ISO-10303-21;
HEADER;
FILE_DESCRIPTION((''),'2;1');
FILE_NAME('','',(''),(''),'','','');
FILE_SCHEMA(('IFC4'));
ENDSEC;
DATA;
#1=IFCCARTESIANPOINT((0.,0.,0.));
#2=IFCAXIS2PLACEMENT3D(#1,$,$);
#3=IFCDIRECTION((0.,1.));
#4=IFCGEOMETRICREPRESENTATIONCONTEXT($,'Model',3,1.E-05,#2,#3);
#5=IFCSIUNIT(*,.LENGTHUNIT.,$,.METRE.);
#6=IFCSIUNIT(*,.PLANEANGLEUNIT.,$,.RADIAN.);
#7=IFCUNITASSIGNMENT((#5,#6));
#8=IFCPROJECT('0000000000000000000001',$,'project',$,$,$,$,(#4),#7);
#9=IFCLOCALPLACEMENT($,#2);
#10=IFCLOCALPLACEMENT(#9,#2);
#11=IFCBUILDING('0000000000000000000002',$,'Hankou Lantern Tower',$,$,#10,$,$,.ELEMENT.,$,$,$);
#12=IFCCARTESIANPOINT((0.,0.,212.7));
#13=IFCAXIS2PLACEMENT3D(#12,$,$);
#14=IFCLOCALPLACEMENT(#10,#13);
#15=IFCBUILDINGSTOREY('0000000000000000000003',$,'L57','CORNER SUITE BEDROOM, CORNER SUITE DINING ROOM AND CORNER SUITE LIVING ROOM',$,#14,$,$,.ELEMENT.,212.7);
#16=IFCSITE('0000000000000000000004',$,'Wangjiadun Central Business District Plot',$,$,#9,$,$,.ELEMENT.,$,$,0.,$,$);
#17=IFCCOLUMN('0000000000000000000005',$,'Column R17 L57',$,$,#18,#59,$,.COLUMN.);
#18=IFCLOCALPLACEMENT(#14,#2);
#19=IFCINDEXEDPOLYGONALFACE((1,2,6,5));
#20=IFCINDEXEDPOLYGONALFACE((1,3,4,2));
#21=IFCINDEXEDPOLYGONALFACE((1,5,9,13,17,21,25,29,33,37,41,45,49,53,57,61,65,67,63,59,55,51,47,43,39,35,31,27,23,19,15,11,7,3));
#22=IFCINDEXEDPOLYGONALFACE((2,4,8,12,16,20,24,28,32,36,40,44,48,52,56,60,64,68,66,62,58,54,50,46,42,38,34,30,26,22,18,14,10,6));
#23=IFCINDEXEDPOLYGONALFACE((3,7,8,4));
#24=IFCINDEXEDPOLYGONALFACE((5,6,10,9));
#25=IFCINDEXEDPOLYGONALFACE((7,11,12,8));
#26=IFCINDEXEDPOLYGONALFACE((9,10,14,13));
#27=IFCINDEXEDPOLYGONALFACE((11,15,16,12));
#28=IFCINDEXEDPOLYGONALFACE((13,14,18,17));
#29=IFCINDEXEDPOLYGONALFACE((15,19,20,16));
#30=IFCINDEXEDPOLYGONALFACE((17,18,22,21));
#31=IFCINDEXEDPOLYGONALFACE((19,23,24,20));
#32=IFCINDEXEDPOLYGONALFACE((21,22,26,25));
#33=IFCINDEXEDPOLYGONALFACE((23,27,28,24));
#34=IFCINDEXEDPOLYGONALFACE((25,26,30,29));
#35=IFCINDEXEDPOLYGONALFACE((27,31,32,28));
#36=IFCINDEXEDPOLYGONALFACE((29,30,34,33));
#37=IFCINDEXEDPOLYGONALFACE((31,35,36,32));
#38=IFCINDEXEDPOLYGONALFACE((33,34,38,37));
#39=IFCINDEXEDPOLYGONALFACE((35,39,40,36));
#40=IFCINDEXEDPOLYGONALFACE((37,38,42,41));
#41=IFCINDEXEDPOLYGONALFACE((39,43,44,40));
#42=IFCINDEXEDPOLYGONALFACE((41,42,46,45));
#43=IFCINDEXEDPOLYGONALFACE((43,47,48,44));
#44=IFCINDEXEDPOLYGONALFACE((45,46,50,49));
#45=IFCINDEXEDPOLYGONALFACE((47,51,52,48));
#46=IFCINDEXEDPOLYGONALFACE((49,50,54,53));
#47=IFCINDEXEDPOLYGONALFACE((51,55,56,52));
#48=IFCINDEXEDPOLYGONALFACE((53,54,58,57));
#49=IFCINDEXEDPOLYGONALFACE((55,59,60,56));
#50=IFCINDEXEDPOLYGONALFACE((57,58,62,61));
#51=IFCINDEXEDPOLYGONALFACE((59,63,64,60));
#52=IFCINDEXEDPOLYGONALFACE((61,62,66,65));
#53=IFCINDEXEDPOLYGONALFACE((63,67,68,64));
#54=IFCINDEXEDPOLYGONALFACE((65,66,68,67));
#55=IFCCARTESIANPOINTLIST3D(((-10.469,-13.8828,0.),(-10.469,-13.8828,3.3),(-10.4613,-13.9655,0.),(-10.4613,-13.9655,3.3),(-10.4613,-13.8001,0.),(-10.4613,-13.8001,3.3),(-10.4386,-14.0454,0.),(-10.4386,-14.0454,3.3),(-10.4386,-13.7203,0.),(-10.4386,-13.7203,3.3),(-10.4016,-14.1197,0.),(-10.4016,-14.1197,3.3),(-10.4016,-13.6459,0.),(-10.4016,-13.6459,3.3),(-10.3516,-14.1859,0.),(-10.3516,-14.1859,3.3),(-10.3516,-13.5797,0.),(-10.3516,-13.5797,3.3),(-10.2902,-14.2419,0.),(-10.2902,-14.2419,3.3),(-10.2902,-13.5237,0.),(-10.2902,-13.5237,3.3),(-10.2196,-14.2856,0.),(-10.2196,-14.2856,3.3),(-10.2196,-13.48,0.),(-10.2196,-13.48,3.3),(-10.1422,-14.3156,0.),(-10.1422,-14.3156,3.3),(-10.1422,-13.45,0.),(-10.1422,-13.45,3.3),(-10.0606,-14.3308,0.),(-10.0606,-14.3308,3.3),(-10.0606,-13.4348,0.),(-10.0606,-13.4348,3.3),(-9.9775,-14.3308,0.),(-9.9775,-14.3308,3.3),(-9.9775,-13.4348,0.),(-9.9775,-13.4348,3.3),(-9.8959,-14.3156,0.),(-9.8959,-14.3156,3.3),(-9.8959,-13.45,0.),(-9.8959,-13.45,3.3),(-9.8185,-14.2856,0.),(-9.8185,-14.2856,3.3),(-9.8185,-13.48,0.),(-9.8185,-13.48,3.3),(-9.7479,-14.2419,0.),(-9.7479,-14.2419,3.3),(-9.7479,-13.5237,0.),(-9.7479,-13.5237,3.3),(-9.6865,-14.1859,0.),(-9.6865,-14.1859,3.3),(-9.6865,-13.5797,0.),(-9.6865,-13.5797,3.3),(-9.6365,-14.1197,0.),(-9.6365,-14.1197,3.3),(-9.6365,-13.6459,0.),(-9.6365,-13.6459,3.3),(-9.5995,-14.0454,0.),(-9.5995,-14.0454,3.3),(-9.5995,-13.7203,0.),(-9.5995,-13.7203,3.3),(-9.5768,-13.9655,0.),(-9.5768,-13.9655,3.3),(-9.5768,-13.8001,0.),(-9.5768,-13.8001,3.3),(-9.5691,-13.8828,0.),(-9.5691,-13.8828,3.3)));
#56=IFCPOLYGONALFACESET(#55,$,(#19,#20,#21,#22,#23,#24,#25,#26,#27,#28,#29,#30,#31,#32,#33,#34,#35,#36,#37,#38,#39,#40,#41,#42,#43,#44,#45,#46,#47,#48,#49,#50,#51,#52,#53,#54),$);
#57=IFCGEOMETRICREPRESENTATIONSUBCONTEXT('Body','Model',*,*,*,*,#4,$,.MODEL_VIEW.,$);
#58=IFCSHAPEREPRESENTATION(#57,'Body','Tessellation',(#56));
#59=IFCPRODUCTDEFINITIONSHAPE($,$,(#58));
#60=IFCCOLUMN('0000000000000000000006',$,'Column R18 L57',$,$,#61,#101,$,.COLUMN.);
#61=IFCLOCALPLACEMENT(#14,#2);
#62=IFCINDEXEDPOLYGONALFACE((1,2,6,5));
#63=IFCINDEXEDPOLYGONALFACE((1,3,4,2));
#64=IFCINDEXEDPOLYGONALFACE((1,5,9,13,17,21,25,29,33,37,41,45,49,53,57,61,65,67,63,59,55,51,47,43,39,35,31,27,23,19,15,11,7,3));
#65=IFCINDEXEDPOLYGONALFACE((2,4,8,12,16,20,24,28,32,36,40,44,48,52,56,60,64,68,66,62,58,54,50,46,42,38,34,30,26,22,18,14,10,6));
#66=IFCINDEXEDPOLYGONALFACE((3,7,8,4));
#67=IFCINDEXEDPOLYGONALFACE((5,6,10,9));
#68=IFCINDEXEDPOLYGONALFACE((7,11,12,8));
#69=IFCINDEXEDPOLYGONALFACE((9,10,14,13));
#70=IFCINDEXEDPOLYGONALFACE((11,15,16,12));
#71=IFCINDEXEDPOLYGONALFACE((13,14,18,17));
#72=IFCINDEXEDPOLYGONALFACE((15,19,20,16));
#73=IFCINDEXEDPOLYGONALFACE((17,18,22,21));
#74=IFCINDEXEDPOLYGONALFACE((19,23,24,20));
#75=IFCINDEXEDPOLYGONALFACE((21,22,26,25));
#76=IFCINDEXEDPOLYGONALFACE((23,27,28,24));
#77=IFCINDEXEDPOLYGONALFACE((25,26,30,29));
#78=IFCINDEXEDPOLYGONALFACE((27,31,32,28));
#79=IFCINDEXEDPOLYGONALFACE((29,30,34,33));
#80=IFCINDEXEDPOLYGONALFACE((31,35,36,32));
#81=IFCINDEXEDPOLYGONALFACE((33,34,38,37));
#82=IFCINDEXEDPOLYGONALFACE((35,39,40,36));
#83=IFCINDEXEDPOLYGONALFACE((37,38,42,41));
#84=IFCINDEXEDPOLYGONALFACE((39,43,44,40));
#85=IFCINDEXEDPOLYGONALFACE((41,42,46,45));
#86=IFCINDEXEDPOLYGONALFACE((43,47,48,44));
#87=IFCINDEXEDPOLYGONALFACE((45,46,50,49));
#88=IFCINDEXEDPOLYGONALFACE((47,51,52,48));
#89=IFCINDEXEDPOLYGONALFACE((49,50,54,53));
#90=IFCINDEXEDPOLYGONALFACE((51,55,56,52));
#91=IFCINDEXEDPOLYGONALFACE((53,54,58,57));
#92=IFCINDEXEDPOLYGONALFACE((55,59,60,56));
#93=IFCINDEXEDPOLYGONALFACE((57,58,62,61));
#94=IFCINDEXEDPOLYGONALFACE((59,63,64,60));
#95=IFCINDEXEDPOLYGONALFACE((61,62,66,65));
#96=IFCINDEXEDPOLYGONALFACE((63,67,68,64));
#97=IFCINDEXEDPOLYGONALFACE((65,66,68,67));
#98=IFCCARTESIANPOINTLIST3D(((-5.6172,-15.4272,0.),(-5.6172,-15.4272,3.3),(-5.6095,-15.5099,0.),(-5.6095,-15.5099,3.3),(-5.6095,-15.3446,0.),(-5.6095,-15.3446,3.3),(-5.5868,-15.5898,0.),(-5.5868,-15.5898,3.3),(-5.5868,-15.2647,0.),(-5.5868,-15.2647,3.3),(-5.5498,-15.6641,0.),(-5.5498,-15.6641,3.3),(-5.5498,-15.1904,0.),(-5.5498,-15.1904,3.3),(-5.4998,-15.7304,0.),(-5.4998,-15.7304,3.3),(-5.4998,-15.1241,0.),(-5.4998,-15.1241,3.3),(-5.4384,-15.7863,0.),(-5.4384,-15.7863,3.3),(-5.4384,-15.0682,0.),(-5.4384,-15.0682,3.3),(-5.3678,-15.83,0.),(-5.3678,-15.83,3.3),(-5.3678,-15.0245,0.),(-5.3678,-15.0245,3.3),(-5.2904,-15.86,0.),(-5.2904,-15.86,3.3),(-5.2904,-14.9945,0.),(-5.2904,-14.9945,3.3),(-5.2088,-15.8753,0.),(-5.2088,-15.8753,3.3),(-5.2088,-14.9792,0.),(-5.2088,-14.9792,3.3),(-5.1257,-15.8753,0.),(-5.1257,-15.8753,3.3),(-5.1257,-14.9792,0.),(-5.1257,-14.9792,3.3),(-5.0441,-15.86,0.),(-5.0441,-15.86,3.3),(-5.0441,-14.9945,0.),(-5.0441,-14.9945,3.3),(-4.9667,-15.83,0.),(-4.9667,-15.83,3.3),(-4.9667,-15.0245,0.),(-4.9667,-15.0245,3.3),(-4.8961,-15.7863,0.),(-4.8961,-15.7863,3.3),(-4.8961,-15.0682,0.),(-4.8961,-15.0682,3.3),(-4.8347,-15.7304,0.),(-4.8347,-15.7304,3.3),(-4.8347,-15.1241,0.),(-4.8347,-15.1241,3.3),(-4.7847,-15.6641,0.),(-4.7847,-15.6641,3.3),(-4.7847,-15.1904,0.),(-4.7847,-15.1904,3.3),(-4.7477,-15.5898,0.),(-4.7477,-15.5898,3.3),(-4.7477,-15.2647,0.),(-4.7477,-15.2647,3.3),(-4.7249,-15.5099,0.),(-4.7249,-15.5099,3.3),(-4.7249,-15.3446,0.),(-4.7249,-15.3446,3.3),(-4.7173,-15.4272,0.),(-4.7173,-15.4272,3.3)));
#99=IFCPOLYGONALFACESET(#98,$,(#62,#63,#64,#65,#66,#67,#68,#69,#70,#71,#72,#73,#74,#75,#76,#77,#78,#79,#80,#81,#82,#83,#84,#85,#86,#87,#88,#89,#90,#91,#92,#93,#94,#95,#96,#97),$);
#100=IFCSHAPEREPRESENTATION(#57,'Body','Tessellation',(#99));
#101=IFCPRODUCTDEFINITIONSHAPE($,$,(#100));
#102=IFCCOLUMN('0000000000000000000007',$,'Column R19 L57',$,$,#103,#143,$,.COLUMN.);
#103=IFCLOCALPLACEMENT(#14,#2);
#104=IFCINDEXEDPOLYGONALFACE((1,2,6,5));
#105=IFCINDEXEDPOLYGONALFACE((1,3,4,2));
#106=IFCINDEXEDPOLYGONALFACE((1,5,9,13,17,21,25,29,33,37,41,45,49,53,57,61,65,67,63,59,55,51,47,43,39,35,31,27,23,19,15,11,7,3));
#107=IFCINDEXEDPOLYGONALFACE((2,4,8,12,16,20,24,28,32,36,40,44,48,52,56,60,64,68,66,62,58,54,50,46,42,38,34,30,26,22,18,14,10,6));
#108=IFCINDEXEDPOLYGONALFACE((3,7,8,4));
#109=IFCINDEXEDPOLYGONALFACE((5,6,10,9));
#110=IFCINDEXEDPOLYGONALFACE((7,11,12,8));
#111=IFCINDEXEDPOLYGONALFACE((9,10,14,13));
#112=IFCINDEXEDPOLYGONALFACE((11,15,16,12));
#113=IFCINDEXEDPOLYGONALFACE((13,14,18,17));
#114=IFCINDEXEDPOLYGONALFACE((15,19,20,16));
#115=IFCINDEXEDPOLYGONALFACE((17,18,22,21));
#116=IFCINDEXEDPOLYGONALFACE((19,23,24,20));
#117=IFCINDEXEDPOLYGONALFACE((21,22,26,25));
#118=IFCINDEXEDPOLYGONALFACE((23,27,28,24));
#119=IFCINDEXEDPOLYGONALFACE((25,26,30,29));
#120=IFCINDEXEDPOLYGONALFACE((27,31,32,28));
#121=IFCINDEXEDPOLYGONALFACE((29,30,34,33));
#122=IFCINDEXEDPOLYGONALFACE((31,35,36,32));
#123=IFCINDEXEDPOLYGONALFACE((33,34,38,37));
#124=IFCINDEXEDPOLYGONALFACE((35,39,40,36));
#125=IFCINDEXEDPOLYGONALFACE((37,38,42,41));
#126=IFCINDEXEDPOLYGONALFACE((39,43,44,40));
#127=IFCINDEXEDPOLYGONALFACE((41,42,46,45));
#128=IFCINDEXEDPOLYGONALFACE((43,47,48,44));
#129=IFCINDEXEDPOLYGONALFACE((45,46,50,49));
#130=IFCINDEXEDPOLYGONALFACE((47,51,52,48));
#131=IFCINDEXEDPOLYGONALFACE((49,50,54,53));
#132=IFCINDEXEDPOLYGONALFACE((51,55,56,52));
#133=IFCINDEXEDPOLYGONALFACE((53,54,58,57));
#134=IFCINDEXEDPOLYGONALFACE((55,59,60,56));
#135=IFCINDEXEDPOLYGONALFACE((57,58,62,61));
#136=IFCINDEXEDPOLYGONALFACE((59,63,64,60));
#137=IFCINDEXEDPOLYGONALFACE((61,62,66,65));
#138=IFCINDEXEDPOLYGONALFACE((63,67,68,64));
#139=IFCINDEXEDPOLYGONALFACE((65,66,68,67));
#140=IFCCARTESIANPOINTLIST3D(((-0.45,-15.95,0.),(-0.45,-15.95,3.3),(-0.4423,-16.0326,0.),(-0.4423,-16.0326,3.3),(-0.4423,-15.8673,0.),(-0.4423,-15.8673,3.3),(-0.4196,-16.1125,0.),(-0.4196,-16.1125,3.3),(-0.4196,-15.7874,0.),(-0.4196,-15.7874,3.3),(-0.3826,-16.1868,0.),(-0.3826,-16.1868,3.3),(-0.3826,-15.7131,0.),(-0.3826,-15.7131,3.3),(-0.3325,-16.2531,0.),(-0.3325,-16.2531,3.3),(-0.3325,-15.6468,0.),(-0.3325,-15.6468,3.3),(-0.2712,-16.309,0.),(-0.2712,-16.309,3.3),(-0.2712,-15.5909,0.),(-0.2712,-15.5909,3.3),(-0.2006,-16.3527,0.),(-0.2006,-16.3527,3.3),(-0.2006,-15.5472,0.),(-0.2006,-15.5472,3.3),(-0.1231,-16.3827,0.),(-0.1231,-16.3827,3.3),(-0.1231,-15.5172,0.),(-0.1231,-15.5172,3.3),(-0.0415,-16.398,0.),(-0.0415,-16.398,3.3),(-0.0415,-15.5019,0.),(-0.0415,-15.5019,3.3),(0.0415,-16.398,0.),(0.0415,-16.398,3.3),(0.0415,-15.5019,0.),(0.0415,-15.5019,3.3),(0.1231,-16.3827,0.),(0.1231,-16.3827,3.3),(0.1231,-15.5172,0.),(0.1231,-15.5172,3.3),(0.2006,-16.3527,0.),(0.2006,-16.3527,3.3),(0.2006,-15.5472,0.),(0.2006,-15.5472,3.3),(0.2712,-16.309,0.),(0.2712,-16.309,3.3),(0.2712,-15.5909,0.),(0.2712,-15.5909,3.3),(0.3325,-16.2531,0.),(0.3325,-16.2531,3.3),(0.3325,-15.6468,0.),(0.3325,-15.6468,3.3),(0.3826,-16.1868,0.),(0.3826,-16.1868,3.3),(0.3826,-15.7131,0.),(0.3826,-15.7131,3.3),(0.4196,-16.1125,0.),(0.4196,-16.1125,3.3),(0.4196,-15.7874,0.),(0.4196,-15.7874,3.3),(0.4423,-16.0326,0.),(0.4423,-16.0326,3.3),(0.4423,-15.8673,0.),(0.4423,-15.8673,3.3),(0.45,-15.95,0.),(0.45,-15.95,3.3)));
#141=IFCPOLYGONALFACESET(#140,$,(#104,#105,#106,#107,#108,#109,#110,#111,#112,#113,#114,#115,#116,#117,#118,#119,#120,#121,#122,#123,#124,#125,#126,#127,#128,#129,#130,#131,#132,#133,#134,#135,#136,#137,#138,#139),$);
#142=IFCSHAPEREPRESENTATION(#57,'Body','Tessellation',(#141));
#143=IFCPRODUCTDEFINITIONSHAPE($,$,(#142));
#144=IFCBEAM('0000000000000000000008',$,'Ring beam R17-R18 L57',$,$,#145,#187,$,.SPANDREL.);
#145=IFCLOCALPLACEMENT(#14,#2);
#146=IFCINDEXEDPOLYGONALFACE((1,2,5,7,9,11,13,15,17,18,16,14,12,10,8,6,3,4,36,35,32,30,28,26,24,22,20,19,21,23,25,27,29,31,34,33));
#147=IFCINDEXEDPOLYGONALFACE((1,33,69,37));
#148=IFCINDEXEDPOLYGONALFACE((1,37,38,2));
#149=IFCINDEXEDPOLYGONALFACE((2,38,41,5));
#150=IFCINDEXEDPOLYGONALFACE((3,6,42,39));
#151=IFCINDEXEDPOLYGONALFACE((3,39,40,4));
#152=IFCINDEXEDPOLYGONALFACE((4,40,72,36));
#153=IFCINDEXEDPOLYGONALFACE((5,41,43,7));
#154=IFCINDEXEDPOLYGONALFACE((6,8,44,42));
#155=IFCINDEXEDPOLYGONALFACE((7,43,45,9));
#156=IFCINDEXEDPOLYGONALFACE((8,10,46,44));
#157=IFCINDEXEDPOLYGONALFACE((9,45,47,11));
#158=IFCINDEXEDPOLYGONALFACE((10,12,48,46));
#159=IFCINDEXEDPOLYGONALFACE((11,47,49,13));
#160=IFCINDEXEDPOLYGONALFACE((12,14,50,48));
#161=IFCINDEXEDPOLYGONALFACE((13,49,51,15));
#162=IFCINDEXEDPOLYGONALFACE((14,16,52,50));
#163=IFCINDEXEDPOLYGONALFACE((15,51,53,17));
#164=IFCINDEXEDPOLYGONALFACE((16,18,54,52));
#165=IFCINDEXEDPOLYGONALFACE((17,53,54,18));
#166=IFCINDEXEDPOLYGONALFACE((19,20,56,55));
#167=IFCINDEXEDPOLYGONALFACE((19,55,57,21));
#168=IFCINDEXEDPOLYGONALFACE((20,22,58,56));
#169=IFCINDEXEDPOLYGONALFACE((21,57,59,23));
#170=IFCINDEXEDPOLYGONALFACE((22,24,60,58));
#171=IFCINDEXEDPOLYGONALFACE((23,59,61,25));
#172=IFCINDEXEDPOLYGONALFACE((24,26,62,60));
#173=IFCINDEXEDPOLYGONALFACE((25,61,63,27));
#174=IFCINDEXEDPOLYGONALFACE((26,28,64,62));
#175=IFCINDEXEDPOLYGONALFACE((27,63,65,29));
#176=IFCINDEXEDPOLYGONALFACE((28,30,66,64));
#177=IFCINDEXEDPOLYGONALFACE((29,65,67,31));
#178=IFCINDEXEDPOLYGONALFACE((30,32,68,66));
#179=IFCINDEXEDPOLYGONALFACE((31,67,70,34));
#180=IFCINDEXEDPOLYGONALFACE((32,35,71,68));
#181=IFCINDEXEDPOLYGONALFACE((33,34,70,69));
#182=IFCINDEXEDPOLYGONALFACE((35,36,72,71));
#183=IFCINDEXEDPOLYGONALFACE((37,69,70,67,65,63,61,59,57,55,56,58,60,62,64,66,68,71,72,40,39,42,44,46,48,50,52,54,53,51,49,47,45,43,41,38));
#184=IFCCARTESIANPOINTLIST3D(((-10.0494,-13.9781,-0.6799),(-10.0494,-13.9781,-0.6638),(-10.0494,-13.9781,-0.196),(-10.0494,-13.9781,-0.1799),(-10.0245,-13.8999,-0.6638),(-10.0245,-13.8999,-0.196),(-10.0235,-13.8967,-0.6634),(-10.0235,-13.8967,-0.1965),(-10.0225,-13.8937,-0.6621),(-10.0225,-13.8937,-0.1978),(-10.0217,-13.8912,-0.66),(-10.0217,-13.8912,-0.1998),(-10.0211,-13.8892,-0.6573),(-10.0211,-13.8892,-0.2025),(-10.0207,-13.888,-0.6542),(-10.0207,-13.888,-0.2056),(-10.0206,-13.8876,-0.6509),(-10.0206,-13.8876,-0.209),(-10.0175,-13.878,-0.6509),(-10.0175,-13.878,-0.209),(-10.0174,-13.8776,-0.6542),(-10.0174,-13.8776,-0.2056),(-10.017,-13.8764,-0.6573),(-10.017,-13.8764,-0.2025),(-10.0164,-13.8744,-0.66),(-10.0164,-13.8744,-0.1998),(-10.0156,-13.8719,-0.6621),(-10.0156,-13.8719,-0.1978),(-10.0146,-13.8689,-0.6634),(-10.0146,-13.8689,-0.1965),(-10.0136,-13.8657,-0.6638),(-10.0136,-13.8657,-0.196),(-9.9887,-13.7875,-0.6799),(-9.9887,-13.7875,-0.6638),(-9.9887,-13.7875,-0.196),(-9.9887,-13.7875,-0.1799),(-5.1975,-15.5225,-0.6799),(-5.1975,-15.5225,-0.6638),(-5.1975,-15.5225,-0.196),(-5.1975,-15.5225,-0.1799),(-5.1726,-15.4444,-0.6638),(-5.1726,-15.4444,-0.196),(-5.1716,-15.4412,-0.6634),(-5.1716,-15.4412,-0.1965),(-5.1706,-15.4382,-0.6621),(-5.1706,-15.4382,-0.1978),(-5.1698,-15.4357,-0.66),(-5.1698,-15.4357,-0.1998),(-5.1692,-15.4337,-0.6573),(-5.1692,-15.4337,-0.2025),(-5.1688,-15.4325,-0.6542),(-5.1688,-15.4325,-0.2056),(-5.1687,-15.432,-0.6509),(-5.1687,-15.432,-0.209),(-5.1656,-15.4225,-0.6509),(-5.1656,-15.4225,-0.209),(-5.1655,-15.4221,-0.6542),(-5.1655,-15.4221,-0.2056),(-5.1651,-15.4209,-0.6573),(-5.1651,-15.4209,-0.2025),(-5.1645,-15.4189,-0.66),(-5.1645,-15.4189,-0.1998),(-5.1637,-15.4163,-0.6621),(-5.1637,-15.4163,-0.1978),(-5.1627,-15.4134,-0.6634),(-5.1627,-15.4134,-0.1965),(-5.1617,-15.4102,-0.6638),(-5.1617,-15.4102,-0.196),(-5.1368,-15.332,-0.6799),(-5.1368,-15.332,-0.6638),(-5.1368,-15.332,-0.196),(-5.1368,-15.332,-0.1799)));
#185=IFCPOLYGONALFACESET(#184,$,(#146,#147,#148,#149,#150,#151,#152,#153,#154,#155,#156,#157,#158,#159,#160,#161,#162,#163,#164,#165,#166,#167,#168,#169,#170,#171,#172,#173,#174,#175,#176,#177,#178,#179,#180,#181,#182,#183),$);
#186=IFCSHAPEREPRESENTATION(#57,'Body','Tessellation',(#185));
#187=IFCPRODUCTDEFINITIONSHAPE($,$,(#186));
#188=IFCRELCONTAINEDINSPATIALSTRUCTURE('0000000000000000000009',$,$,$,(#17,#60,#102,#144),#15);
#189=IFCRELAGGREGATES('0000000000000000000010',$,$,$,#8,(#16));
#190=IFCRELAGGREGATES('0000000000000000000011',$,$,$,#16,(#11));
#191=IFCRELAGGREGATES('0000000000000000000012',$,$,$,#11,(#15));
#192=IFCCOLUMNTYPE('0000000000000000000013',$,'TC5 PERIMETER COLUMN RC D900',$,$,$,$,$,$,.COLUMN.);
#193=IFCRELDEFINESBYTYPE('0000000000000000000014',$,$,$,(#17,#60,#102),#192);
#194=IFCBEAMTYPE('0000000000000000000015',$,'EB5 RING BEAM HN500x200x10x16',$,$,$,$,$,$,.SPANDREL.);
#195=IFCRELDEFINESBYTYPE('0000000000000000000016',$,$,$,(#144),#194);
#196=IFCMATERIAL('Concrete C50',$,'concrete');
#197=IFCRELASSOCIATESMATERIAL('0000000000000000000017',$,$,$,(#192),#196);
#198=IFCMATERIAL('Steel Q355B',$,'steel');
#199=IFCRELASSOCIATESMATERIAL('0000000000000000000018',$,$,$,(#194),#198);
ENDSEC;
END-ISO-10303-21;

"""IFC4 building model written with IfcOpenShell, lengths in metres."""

from ifc_helpers import new_model, si_unit, direction, frame, origin, origin_2d, place, context, subcontext, project, spatial, circle, i_section, extrude, material, material_profile, profile_set, type_object, element, save


model = new_model("IFC4")

# Units and contexts
model_context = context("Model", 3, precision=1e-05, world=origin(), true_north=direction((0.0, 1.0)))
body_context = subcontext(model_context, "Body", "Model", "MODEL_VIEW")
ifc_project = project(units=[si_unit("LENGTHUNIT", "METRE"), si_unit("PLANEANGLEUNIT", "RADIAN")], contexts=[model_context])

# Site, building, storey
site_placement = place(None, origin())
site = spatial("IfcSite", under=ifc_project, at=site_placement, Name="Wangjiadun Central Business District Plot", CompositionType="ELEMENT", RefElevation=0.0)
building_placement = place(site_placement, origin())
building = spatial("IfcBuilding", under=site, at=building_placement, Name="Hankou Lantern Tower", CompositionType="ELEMENT")
storey_placement = place(building_placement, frame((0.0, 0.0, 212.7)))
storey = spatial("IfcBuildingStorey", under=building, at=storey_placement, Name="L57", Description="CORNER SUITE BEDROOM, CORNER SUITE DINING ROOM AND CORNER SUITE LIVING ROOM", CompositionType="ELEMENT", Elevation=212.7)

# Columns
ifc_material_1 = material(Name="Concrete C50", Category="concrete")
ifc_material_profile_1 = material_profile(ifc_material_1, circle(Radius=0.45, at=origin_2d()), Name="RC D900")
ifc_profile_set_1 = profile_set([ifc_material_profile_1], Name="Concrete C50")
column_type = type_object("IfcColumnType", Name="TC5 PERIMETER COLUMN RC D900", PredefinedType="COLUMN", material=ifc_profile_set_1)
for number, where, z_axis, x_axis, name in (
    (1, (-10.019, -13.8828, 0.0), (0.0, 0.0, 1.0), (1.0, 0.0, 0.0), "Column R17 L57"),
    (2, (-5.1672, -15.4272, 0.0), (0.0, 0.0, 1.0), (1.0, 0.0, 0.0), "Column R18 L57"),
    (3, (0.0, -15.95, 0.0), (0.0, 0.0, 1.0), (1.0, 0.0, 0.0), "Column R19 L57"),
):
    element("IfcColumn", number, at=place(storey_placement, frame(where, z_axis=z_axis, x_axis=x_axis)), inside=storey, type_object=column_type, Name=name, PredefinedType="COLUMN", context=body_context, shape_type="SweptSolid", body=[
        extrude(circle(Radius=0.45, at=origin_2d()), origin(), (0.0, 0.0, 1.0), 3.3),
    ])

# Beam
ifc_material_2 = material(Name="Steel Q355B", Category="steel")
ifc_material_profile_2 = material_profile(ifc_material_2, i_section(OverallWidth=0.2, OverallDepth=0.5, WebThickness=0.01, FlangeThickness=0.0161, FilletRadius=0.0129, at=origin_2d()), Name="HN500x200x10x16")
ifc_profile_set_2 = profile_set([ifc_material_profile_2], Name="Steel Q355B")
beam_type_1 = type_object("IfcBeamType", Name="EB5 RING BEAM HN500x200x10x16", PredefinedType="SPANDREL", material=ifc_profile_set_2)
beam_1_placement = place(storey_placement, frame((-10.019, -13.8828, -0.4299), z_axis=(0.952887, -0.303324, 0.0), x_axis=(0.303324, 0.952887, 0.0)))
element("IfcBeam", 4, at=beam_1_placement, inside=storey, type_object=beam_type_1, Name="Ring beam R17-R18 L57", PredefinedType="SPANDREL", context=body_context, shape_type="SweptSolid", body=[
    extrude(i_section(OverallWidth=0.2, OverallDepth=0.5, WebThickness=0.01, FlangeThickness=0.0161, FilletRadius=0.0129, at=origin_2d()), origin(), (0.0, 0.0, 1.0), 5.0918),
])

save(model, "model.ifc")
